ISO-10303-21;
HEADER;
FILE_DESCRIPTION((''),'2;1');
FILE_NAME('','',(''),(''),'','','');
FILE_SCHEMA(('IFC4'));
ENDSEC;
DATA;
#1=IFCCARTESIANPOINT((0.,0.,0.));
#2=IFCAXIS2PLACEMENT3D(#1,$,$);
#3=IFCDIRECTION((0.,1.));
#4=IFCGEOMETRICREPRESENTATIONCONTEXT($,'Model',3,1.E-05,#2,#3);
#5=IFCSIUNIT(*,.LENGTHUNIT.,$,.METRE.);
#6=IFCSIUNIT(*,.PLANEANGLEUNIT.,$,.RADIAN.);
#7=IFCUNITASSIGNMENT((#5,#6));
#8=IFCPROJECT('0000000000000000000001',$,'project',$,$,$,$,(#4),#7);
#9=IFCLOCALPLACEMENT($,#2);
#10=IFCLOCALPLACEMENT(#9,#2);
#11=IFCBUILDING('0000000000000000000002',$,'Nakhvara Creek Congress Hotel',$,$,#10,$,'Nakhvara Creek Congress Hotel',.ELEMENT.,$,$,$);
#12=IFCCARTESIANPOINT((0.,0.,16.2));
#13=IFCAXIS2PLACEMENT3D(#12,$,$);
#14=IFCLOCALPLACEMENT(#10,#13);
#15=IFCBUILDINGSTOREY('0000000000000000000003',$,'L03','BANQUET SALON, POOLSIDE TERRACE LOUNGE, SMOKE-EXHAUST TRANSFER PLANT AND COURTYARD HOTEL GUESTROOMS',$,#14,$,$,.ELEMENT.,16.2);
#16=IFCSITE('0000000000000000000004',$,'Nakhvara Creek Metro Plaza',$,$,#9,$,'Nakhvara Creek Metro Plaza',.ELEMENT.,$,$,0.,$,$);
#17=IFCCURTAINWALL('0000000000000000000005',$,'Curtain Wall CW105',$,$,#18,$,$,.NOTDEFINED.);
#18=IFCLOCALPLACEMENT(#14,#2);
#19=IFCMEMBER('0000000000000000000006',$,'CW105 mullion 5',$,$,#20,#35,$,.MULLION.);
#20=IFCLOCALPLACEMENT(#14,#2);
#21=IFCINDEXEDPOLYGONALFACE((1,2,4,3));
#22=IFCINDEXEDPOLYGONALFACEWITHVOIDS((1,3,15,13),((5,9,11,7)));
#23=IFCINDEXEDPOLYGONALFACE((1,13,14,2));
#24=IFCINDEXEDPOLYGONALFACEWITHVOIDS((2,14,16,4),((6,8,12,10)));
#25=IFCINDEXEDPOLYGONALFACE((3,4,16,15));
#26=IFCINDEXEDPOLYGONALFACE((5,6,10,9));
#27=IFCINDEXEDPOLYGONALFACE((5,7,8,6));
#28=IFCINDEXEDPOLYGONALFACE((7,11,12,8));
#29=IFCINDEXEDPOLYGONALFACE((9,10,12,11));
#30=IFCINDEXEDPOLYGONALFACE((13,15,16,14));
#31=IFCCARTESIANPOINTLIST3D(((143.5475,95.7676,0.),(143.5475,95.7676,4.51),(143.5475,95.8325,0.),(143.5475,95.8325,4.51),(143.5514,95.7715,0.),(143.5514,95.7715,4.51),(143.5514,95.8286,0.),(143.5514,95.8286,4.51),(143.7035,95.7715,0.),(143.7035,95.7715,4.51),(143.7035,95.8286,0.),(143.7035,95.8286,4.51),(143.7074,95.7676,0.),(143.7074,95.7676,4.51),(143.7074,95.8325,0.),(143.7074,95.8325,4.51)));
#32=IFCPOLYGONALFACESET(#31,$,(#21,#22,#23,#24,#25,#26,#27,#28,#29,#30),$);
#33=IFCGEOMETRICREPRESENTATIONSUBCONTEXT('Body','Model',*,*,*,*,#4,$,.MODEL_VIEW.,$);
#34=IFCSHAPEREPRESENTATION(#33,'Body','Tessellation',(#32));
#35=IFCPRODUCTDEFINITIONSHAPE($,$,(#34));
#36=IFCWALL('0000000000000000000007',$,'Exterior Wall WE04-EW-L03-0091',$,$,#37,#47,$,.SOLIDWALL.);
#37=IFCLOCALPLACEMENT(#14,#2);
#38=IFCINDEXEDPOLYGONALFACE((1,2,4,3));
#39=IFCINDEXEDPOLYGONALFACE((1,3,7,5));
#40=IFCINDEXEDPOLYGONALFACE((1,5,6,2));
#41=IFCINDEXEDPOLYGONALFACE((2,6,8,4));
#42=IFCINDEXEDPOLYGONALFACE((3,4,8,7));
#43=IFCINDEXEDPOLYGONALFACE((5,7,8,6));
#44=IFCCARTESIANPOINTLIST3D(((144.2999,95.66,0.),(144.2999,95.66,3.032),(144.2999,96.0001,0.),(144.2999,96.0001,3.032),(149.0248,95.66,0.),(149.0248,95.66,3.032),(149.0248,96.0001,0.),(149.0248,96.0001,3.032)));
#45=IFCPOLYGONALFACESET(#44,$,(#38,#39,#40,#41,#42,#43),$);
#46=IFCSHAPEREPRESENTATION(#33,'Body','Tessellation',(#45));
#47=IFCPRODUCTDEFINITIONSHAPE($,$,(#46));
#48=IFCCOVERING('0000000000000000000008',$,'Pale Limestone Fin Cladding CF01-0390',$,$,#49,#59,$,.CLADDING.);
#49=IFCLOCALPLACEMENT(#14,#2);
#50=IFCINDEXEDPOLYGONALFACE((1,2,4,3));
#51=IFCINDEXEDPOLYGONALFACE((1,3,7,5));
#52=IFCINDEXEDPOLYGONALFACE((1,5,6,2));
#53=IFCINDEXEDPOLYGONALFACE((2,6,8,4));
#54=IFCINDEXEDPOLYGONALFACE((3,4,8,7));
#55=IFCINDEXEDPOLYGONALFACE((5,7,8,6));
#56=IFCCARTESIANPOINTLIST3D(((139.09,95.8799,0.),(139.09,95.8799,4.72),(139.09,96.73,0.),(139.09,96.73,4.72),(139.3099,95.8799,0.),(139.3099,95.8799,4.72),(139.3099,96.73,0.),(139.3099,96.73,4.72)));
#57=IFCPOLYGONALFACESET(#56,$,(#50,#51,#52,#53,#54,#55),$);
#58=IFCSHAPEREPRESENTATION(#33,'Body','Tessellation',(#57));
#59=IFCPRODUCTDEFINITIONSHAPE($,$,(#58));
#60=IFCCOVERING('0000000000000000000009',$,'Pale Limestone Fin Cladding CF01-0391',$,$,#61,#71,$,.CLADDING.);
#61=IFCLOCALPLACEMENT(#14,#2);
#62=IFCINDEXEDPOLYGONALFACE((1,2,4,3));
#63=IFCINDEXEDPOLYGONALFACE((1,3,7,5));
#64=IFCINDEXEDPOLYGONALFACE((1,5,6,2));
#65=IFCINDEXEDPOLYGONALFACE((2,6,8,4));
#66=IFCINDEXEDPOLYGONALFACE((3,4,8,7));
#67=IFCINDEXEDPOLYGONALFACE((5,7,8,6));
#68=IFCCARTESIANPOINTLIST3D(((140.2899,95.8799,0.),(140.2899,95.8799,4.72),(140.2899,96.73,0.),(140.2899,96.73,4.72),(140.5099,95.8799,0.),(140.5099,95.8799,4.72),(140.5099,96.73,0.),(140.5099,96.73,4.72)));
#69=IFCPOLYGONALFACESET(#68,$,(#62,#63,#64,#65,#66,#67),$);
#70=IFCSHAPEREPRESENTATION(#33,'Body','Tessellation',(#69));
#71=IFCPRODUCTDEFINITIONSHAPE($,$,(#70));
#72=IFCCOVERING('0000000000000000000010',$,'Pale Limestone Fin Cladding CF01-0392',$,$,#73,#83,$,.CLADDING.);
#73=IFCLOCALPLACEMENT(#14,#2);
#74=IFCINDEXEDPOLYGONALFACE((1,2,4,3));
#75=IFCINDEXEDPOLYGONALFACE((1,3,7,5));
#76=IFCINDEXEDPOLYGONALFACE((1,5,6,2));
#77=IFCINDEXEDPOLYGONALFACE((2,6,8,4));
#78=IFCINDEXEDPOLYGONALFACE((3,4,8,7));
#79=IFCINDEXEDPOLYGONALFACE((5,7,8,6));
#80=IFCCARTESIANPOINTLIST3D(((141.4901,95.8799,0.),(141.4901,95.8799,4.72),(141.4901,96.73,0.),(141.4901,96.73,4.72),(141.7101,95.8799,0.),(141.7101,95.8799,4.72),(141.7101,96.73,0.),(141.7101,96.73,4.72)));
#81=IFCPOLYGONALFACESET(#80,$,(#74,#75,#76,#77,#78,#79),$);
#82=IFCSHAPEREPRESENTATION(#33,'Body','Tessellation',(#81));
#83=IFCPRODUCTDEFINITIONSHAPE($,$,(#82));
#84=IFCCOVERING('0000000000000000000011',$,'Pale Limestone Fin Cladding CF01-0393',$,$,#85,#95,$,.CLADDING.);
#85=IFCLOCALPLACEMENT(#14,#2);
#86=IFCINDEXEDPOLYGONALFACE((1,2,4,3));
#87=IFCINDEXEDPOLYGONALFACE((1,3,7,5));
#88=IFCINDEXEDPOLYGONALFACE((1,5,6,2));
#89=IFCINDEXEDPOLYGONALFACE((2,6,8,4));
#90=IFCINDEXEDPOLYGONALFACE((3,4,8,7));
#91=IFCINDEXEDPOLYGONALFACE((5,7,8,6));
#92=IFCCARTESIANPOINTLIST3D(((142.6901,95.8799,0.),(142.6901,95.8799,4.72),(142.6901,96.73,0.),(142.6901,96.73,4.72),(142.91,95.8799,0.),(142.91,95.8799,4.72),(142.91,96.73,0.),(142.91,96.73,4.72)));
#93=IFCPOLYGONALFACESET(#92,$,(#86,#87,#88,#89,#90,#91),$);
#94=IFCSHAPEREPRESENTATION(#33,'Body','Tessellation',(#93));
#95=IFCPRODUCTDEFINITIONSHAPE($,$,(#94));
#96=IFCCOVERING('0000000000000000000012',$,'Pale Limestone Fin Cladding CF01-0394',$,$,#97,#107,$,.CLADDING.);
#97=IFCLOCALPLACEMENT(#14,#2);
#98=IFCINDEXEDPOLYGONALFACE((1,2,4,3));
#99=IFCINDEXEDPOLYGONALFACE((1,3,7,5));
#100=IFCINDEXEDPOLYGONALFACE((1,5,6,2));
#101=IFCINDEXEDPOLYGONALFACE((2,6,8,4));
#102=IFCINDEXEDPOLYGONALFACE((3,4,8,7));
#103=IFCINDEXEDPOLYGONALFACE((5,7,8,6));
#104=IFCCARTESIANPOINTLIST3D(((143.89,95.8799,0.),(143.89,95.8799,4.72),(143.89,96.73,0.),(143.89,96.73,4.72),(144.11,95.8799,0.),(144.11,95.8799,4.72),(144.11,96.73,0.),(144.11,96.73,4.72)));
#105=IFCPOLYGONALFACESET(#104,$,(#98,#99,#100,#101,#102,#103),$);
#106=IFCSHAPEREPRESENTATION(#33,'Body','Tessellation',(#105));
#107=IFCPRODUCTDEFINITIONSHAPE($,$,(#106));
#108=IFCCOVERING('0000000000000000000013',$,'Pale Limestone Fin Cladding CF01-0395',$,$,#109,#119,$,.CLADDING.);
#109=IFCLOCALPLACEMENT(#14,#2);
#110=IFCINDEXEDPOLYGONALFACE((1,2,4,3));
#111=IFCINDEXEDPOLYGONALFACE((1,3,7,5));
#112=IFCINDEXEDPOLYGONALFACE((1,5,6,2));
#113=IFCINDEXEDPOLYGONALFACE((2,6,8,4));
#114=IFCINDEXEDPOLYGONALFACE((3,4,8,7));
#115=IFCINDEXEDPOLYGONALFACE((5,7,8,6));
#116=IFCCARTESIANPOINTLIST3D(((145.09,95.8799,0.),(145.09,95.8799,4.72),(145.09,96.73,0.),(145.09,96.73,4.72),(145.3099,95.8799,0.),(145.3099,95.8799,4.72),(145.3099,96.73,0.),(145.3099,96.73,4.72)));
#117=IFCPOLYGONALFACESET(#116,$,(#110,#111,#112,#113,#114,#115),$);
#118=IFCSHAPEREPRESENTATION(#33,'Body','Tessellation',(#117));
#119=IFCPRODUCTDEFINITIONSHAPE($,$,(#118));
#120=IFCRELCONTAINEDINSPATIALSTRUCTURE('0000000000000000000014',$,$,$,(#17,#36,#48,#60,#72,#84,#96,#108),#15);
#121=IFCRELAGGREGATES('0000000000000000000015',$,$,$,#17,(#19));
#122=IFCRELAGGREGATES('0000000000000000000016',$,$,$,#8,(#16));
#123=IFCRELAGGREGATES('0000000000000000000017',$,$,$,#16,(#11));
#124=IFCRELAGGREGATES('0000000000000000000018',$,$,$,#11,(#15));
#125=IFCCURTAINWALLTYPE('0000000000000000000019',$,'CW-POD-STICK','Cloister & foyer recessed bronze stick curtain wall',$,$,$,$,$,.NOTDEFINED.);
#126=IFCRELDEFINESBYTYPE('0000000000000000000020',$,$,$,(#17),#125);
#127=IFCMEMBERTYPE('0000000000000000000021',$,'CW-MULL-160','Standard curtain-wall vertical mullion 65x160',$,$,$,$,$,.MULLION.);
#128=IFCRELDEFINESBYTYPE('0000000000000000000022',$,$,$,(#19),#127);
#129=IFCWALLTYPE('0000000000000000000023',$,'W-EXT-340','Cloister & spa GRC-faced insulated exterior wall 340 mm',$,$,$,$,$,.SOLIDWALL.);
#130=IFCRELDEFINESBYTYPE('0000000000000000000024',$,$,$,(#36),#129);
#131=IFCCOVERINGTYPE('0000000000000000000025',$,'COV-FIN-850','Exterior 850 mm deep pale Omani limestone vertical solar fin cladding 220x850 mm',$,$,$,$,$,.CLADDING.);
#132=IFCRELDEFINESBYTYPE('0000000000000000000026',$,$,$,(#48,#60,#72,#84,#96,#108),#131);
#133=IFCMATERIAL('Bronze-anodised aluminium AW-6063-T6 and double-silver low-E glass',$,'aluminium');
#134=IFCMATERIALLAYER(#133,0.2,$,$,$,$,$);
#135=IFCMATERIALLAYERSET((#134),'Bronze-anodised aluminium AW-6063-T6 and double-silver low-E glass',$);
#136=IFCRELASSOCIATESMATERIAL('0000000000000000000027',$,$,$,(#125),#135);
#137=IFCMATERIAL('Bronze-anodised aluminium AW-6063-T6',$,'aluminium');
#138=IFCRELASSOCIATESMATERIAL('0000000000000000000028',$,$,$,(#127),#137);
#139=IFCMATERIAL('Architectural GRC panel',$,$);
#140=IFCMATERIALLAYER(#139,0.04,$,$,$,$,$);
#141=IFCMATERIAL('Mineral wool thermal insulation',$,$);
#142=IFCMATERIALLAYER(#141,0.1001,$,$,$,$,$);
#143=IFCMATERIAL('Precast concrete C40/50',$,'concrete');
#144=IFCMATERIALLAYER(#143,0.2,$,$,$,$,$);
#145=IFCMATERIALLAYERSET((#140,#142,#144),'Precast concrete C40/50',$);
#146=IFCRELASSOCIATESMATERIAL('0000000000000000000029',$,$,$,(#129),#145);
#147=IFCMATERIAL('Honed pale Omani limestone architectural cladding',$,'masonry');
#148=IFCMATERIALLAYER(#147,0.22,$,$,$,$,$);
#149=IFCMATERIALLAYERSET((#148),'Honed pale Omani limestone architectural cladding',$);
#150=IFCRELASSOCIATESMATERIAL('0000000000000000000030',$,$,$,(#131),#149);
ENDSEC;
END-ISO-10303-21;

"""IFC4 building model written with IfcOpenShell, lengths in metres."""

from ifc_helpers import new_model, si_unit, direction, frame, frame_2d, origin, origin_2d, place, context, subcontext, project, spatial, rectangle, hollow_rectangle, extrude, material, layer, layer_set, material_profile, profile_set, type_object, element, aggregate, save


model = new_model("IFC4")

# Units and contexts
model_context = context("Model", 3, precision=1e-05, world=origin(), true_north=direction((0.0, 1.0)))
body_context = subcontext(model_context, "Body", "Model", "MODEL_VIEW")
ifc_project = project(units=[si_unit("LENGTHUNIT", "METRE"), si_unit("PLANEANGLEUNIT", "RADIAN")], contexts=[model_context])

# Site, building, storey
site_placement = place(None, origin())
site = spatial("IfcSite", under=ifc_project, at=site_placement, Name="Nakhvara Creek Metro Plaza", LongName="Nakhvara Creek Metro Plaza", CompositionType="ELEMENT", RefElevation=0.0)
building_placement = place(site_placement, origin())
building = spatial("IfcBuilding", under=site, at=building_placement, Name="Nakhvara Creek Congress Hotel", LongName="Nakhvara Creek Congress Hotel", CompositionType="ELEMENT")
storey_placement = place(building_placement, frame((0.0, 0.0, 16.2)))
storey = spatial("IfcBuildingStorey", under=building, at=storey_placement, Name="L03", Description="BANQUET SALON, POOLSIDE TERRACE LOUNGE, SMOKE-EXHAUST TRANSFER PLANT AND COURTYARD HOTEL GUESTROOMS", CompositionType="ELEMENT", Elevation=16.2)

# Curtain wall, member
ifc_material_1 = material(Name="Bronze-anodised aluminium AW-6063-T6 and double-silver low-E glass", Category="aluminium")
ifc_layer_1 = layer(ifc_material_1, 0.2)
ifc_layer_set_1 = layer_set([ifc_layer_1], Name="Bronze-anodised aluminium AW-6063-T6 and double-silver low-E glass")
curtain_wall_type = type_object("IfcCurtainWallType", Name="CW-POD-STICK", Description="Cloister & foyer recessed bronze stick curtain wall", PredefinedType="NOTDEFINED", material=ifc_layer_set_1)
curtain_wall_placement = place(storey_placement, origin())
curtain_wall = element("IfcCurtainWall", 1, at=curtain_wall_placement, inside=storey, type_object=curtain_wall_type, Name="Curtain Wall CW105", PredefinedType="NOTDEFINED")
ifc_material_2 = material(Name="Bronze-anodised aluminium AW-6063-T6", Category="aluminium")
ifc_material_profile = material_profile(ifc_material_2, hollow_rectangle(XDim=0.0649, YDim=0.1599, WallThickness=0.0039, at=origin_2d()), Name="ALU-MULL 65x160x4", Category="LoadBearing")
ifc_profile_set = profile_set([ifc_material_profile], Name="Bronze-anodised aluminium AW-6063-T6")
member_type = type_object("IfcMemberType", Name="CW-MULL-160", Description="Standard curtain-wall vertical mullion 65x160", PredefinedType="MULLION", material=ifc_profile_set)
member_placement = place(storey_placement, frame((143.6274, 95.8, 0.0), z_axis=(0.0, 0.0, 1.0), x_axis=(0.0, 1.0, 0.0)))
member = element("IfcMember", 2, at=member_placement, type_object=member_type, Name="CW105 mullion 5", PredefinedType="MULLION", context=body_context, shape_type="SweptSolid", body=[
    extrude(hollow_rectangle(XDim=0.0649, YDim=0.1599, WallThickness=0.0039, at=origin_2d()), origin(), (0.0, 0.0, 1.0), 4.51),
])
aggregate(curtain_wall, [member])

# Wall
ifc_material_3 = material(Name="Architectural GRC panel")
ifc_layer_2 = layer(ifc_material_3, 0.04)
ifc_material_4 = material(Name="Mineral wool thermal insulation")
ifc_layer_3 = layer(ifc_material_4, 0.1001)
ifc_material_5 = material(Name="Precast concrete C40/50", Category="concrete")
ifc_layer_4 = layer(ifc_material_5, 0.2)
ifc_layer_set_2 = layer_set([ifc_layer_2, ifc_layer_3, ifc_layer_4], Name="Precast concrete C40/50")
wall_type = type_object("IfcWallType", Name="W-EXT-340", Description="Cloister & spa GRC-faced insulated exterior wall 340 mm", PredefinedType="SOLIDWALL", material=ifc_layer_set_2)
wall_placement = place(storey_placement, frame((144.3, 95.8301, 0.0), z_axis=(0.0, 0.0, 1.0), x_axis=(1.0, 0.0, 0.0)))
element("IfcWall", 3, at=wall_placement, inside=storey, type_object=wall_type, Name="Exterior Wall WE04-EW-L03-0091", PredefinedType="SOLIDWALL", context=body_context, shape_type="SweptSolid", body=[
    extrude(rectangle(XDim=4.7249, YDim=0.3401, at=frame_2d((2.3623, 0.0))), origin(), (0.0, 0.0, 1.0), 3.032),
])

# Coverings
ifc_material_6 = material(Name="Honed pale Omani limestone architectural cladding", Category="masonry")
ifc_layer_5 = layer(ifc_material_6, 0.22)
ifc_layer_set_3 = layer_set([ifc_layer_5], Name="Honed pale Omani limestone architectural cladding")
covering_type = type_object("IfcCoveringType", Name="COV-FIN-850", Description="Exterior 850 mm deep pale Omani limestone vertical solar fin cladding 220x850 mm", PredefinedType="CLADDING", material=ifc_layer_set_3)
for number, where, z_axis, x_axis, name in (
    (4, (139.2, 96.3049, 0.0), (0.0, 0.0, 1.0), (1.0, 0.0, 0.0), "Pale Limestone Fin Cladding CF01-0390"),
    (5, (140.3999, 96.3049, 0.0), (0.0, 0.0, 1.0), (1.0, 0.0, 0.0), "Pale Limestone Fin Cladding CF01-0391"),
    (6, (141.6001, 96.3049, 0.0), (0.0, 0.0, 1.0), (1.0, 0.0, 0.0), "Pale Limestone Fin Cladding CF01-0392"),
    (7, (142.8, 96.3049, 0.0), (0.0, 0.0, 1.0), (1.0, 0.0, 0.0), "Pale Limestone Fin Cladding CF01-0393"),
    (8, (144.0, 96.3049, 0.0), (0.0, 0.0, 1.0), (1.0, 0.0, 0.0), "Pale Limestone Fin Cladding CF01-0394"),
    (9, (145.2, 96.3049, 0.0), (0.0, 0.0, 1.0), (1.0, 0.0, 0.0), "Pale Limestone Fin Cladding CF01-0395"),
):
    element("IfcCovering", number, at=place(storey_placement, frame(where, z_axis=z_axis, x_axis=x_axis)), inside=storey, type_object=covering_type, Name=name, PredefinedType="CLADDING", context=body_context, shape_type="SweptSolid", body=[
        extrude(rectangle(XDim=0.22, YDim=0.8501, at=origin_2d()), origin(), (0.0, 0.0, 1.0), 4.72),
    ])

save(model, "model.ifc")
